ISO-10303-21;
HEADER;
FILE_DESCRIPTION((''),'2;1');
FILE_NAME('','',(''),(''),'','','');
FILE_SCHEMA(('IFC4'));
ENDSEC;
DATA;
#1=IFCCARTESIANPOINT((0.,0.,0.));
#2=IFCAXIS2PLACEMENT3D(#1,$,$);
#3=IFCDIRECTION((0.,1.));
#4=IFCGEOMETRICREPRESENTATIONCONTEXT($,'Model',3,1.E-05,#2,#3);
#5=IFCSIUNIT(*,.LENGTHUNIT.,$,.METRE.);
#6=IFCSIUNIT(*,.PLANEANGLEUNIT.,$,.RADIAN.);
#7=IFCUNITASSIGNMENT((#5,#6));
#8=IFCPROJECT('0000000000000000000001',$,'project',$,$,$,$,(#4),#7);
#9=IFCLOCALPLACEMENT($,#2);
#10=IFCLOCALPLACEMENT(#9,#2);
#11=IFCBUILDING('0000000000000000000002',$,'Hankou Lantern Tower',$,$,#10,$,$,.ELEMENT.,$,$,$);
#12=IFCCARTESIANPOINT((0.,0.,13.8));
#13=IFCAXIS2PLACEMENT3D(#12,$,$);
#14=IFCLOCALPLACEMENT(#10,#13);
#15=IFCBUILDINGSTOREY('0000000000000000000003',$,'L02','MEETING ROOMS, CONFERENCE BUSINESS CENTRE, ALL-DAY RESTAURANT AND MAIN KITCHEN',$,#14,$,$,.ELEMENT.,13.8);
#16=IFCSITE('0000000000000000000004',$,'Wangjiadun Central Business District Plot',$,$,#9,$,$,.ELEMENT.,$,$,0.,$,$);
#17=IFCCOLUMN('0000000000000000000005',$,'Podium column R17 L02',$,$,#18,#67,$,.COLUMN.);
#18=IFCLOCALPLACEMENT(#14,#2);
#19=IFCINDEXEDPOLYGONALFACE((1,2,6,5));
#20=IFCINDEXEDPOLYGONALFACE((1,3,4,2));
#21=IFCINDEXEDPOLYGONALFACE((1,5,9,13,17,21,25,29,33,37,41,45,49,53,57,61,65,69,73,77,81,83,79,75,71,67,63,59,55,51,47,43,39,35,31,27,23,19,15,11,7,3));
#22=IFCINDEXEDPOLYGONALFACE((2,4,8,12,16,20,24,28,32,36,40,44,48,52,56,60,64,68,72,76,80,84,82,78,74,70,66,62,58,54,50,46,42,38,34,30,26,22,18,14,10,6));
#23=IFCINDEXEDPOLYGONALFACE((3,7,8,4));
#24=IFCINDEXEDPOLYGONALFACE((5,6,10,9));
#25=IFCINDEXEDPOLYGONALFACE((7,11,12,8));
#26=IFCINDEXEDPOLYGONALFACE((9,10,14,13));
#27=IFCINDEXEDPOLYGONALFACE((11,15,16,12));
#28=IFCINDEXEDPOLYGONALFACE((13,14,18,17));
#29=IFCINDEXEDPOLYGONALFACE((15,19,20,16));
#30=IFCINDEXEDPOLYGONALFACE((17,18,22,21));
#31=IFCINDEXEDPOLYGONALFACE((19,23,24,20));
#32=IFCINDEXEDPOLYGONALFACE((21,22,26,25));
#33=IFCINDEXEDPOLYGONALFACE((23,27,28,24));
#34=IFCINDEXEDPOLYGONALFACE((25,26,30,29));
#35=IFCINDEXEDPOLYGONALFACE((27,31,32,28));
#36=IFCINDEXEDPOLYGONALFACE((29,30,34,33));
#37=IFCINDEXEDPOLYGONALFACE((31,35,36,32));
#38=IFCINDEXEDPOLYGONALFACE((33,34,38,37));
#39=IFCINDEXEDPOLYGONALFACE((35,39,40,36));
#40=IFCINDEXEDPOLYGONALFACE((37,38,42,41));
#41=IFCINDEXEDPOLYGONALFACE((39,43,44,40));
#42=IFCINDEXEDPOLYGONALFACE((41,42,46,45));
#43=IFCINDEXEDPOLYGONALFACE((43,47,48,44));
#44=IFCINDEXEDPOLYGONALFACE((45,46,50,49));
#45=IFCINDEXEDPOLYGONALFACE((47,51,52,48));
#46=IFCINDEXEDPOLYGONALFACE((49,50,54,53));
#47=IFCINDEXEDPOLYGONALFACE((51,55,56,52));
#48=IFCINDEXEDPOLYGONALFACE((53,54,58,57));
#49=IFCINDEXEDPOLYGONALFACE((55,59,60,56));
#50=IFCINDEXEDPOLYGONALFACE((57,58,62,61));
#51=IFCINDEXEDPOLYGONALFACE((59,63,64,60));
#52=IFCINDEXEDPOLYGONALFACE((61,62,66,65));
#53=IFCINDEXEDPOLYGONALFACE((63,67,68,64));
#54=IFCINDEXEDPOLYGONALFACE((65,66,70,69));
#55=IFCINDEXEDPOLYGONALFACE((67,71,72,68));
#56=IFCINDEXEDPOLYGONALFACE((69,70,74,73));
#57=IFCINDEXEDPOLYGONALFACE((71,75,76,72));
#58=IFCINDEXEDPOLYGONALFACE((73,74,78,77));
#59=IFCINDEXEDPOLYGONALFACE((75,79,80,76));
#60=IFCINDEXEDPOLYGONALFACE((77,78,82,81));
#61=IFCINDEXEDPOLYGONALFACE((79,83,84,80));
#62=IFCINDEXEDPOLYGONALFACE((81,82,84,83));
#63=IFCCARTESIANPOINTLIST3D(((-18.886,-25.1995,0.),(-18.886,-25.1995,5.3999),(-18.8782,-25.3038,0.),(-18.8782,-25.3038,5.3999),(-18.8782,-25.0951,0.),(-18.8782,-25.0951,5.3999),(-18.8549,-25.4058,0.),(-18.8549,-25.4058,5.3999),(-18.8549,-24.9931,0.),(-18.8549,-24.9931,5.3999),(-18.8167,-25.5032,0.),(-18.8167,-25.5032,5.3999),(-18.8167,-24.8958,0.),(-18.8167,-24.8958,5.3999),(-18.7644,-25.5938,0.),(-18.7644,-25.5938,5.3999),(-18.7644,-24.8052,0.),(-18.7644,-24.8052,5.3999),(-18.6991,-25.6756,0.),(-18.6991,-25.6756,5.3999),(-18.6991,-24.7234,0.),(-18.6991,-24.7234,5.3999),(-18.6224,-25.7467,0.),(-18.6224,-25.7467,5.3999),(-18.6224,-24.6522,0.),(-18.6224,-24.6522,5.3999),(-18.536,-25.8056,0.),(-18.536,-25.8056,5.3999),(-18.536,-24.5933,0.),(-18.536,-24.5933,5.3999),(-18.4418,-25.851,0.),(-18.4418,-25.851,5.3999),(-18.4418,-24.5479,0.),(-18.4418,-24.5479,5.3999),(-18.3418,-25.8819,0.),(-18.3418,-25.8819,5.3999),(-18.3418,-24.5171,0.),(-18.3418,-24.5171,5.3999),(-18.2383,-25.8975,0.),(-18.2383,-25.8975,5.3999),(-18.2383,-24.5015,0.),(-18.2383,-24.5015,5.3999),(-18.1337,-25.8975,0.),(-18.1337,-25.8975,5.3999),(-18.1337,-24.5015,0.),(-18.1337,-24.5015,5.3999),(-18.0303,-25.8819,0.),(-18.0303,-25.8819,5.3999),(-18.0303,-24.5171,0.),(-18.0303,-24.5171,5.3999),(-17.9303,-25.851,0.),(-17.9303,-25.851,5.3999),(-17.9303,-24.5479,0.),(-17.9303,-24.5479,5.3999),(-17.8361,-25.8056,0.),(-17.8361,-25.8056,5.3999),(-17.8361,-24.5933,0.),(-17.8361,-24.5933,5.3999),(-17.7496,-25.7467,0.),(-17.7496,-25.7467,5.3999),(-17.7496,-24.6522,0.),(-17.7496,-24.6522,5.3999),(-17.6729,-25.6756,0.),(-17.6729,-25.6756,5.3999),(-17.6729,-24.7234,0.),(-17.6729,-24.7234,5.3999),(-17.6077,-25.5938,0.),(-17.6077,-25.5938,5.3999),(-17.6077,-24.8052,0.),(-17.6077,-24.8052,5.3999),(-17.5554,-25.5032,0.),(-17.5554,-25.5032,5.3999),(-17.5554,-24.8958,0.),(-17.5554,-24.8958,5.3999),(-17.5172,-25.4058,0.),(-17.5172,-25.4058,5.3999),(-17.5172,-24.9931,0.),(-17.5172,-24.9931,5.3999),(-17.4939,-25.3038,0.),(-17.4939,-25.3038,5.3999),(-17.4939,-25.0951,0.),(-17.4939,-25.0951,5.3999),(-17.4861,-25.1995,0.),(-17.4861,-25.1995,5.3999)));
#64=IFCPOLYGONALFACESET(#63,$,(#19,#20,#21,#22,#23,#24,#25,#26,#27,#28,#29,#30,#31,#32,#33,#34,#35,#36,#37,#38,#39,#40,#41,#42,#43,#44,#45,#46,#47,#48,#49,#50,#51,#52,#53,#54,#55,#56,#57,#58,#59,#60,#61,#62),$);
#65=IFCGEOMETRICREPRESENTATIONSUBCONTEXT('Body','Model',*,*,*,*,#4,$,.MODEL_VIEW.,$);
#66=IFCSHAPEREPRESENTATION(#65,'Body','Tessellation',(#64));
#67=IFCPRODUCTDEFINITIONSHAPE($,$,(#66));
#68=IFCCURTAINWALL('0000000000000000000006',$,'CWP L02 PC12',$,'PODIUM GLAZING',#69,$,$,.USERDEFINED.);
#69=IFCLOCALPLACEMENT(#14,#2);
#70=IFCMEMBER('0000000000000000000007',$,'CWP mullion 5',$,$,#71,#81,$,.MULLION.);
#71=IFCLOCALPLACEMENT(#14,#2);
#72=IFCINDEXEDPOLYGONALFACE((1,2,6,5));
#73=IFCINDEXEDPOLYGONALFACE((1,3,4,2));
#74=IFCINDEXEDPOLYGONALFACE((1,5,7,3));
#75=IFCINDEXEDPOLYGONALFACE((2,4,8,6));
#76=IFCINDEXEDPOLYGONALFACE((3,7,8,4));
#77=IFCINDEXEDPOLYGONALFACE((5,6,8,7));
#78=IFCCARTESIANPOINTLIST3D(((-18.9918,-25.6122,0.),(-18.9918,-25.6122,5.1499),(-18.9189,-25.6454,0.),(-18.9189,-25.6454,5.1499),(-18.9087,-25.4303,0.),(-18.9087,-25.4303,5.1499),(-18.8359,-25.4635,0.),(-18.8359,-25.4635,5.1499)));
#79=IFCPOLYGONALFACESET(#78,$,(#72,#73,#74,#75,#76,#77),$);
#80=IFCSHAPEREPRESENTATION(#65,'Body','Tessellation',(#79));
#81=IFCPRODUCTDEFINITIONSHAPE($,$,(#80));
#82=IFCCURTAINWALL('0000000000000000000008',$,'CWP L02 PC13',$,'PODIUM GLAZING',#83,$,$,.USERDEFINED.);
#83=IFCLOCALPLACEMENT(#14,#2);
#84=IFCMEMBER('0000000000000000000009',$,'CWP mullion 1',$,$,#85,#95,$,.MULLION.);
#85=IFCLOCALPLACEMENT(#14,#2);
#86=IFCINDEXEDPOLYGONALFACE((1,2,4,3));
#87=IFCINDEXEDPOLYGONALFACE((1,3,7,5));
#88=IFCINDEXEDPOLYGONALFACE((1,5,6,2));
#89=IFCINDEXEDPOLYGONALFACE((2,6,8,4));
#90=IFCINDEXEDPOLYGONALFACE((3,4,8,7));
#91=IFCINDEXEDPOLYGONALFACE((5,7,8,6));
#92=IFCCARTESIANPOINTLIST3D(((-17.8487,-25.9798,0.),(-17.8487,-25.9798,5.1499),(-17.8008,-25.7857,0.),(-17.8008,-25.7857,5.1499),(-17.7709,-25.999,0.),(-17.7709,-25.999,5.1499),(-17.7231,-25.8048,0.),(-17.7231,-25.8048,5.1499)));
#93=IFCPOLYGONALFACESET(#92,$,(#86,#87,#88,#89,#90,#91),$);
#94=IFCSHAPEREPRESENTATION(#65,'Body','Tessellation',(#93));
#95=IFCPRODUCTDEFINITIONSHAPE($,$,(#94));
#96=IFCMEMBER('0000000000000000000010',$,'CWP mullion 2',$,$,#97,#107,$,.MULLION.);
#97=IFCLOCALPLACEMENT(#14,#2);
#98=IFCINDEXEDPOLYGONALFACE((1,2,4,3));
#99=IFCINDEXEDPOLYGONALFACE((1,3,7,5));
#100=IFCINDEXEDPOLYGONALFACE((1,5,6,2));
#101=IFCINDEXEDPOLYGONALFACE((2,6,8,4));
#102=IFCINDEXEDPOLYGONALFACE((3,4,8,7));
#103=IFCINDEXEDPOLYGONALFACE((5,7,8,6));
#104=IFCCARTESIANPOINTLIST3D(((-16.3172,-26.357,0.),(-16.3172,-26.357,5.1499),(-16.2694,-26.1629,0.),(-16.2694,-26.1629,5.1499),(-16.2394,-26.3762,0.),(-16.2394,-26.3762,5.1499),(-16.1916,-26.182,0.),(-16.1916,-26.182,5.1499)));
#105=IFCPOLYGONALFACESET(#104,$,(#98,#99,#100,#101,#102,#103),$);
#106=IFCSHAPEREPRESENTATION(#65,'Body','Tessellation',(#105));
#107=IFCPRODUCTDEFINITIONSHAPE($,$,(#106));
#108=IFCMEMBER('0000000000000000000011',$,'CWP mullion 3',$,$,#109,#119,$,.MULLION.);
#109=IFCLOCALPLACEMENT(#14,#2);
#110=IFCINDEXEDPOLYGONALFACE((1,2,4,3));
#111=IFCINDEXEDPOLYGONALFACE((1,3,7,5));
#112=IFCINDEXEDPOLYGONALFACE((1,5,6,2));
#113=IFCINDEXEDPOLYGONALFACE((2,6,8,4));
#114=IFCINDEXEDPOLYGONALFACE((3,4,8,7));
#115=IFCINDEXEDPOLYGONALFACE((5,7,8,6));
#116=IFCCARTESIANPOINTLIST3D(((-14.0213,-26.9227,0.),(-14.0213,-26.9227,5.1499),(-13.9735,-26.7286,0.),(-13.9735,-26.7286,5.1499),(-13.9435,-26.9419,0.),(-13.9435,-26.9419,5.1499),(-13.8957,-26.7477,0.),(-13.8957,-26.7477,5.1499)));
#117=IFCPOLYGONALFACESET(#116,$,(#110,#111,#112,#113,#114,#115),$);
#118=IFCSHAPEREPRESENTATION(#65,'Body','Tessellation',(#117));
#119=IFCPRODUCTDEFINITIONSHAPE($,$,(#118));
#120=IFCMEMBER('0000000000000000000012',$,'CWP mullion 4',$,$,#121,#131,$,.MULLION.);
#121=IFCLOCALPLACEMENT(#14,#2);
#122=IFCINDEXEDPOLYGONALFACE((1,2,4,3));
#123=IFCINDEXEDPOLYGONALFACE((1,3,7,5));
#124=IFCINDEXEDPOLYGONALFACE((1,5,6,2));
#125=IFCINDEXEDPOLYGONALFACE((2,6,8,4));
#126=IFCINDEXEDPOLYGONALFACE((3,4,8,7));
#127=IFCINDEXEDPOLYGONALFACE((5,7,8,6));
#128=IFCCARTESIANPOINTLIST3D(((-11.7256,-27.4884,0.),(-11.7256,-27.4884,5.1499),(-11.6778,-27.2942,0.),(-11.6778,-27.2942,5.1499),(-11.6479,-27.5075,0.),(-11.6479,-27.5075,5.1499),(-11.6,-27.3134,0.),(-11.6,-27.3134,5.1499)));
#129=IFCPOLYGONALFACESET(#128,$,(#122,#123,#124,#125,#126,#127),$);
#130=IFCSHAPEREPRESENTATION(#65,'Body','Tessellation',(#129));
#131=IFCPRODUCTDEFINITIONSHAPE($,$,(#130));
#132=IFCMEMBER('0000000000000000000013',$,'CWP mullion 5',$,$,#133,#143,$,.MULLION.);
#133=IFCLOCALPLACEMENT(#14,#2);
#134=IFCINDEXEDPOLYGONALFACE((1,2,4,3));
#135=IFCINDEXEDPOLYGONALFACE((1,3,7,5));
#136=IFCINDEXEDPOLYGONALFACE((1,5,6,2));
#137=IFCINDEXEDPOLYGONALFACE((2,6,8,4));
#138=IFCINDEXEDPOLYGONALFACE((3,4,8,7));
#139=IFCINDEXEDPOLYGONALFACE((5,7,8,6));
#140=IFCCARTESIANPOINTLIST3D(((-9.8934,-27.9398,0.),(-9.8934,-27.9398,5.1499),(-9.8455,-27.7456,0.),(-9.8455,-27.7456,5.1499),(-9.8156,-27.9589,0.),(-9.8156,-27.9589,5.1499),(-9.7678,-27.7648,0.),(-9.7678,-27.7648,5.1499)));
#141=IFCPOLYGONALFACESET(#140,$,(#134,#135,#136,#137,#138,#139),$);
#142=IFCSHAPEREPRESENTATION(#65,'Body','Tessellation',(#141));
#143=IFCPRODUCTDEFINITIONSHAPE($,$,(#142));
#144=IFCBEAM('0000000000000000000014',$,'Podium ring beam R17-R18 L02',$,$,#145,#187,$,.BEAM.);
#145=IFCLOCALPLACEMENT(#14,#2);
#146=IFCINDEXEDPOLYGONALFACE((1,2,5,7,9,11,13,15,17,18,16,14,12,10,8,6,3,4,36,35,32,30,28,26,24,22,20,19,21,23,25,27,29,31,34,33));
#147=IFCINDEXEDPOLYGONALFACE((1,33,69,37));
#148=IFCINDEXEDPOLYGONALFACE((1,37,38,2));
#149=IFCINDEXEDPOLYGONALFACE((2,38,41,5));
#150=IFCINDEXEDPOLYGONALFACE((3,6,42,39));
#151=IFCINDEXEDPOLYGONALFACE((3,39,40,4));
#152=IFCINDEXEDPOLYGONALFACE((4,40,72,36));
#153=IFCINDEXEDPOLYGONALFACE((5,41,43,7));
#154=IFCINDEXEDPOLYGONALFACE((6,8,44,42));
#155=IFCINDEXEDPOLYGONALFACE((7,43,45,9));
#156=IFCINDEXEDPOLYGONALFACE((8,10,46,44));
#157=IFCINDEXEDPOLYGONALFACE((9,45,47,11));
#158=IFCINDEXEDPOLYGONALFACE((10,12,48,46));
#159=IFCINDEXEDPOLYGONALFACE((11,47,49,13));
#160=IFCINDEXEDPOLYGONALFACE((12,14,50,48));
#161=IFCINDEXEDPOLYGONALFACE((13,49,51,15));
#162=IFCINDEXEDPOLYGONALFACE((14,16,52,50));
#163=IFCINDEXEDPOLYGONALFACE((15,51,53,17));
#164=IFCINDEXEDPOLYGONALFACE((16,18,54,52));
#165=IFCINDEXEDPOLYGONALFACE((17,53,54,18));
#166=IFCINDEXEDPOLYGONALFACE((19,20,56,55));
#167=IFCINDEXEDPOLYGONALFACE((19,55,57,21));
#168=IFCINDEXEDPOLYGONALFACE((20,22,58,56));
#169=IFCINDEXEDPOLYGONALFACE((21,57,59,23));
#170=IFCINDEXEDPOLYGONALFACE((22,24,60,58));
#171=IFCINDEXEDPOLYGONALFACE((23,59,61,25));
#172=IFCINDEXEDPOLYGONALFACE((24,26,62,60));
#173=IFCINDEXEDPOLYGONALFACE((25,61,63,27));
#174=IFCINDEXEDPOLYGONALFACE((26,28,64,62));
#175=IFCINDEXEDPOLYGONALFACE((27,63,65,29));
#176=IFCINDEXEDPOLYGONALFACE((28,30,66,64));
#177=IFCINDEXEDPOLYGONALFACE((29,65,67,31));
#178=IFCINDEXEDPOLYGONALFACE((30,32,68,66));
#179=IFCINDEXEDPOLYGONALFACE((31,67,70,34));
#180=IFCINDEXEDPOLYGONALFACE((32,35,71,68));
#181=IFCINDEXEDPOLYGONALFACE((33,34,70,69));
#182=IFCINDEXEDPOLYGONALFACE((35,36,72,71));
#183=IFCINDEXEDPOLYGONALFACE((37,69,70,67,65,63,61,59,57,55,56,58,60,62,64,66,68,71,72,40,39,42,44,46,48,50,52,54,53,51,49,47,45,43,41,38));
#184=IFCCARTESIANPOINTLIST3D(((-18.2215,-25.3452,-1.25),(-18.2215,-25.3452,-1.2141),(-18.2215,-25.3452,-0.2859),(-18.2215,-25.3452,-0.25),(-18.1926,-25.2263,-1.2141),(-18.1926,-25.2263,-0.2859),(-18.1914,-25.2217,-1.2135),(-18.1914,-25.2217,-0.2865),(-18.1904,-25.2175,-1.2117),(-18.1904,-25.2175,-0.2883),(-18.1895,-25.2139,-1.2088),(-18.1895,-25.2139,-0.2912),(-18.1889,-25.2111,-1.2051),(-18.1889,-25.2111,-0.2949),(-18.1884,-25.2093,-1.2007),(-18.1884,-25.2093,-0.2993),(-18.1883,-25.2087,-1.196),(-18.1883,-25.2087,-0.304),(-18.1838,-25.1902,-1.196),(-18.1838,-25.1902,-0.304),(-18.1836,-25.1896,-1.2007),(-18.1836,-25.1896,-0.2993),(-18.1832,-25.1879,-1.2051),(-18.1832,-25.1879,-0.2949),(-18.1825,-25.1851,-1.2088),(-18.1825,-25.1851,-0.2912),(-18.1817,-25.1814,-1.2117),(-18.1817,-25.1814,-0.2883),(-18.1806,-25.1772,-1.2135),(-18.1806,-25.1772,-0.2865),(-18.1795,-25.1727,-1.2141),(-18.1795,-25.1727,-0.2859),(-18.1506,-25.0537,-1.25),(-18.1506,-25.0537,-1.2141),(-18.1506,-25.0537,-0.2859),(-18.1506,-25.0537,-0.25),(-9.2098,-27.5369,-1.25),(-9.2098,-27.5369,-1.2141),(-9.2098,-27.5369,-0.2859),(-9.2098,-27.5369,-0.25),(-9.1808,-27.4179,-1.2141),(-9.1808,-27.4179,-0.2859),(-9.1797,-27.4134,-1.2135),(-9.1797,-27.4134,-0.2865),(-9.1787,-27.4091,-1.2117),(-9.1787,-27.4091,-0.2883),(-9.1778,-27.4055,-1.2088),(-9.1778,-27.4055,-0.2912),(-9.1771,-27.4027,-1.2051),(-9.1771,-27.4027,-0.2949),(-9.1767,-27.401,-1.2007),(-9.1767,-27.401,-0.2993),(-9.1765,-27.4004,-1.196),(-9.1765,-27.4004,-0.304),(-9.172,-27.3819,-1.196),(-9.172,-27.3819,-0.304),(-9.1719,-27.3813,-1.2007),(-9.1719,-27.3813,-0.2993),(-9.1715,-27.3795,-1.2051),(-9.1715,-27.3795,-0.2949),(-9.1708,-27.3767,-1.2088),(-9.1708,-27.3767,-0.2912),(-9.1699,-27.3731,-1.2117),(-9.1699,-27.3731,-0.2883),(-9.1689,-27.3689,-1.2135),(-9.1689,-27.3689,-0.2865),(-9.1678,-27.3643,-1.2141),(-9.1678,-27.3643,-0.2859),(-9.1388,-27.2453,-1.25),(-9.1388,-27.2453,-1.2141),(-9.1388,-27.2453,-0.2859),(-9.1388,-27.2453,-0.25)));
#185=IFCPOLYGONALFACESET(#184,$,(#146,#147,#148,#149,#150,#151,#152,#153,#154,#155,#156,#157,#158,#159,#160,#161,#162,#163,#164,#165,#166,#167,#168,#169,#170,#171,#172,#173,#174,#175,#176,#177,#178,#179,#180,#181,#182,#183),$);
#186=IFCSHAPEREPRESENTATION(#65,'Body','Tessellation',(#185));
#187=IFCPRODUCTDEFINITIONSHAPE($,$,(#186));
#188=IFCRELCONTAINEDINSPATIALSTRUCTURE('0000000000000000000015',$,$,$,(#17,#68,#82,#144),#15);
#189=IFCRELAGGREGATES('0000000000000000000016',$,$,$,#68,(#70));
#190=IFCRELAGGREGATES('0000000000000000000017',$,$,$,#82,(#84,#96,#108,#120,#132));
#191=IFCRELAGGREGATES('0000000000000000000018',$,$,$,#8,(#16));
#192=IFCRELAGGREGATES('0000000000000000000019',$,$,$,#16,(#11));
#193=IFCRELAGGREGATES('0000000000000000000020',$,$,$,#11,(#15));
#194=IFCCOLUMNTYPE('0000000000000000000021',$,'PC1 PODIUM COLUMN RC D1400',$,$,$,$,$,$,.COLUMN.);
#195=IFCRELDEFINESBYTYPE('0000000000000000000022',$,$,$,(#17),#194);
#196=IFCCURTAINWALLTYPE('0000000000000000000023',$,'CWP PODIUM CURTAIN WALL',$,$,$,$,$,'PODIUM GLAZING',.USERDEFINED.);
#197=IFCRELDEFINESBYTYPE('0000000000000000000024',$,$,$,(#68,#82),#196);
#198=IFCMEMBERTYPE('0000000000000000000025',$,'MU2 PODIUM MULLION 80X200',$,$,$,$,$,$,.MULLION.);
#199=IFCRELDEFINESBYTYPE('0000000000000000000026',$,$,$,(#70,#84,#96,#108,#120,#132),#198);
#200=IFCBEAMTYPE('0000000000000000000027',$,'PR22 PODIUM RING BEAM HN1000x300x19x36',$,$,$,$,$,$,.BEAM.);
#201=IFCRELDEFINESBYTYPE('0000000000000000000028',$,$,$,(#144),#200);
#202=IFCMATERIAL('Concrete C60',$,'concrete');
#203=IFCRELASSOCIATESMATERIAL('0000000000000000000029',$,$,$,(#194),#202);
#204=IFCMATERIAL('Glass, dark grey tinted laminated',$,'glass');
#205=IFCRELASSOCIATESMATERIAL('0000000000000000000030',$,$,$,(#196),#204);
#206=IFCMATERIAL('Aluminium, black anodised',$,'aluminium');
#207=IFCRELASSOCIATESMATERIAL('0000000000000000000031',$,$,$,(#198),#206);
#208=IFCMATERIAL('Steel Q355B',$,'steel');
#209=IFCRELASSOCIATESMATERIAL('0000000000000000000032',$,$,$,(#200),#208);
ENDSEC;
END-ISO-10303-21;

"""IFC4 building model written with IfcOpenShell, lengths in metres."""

from ifc_helpers import new_model, si_unit, direction, frame, origin, origin_2d, place, context, subcontext, project, spatial, rectangle, circle, i_section, extrude, material, material_profile, profile_set, type_object, element, aggregate, save


model = new_model("IFC4")

# Units and contexts
model_context = context("Model", 3, precision=1e-05, world=origin(), true_north=direction((0.0, 1.0)))
body_context = subcontext(model_context, "Body", "Model", "MODEL_VIEW")
ifc_project = project(units=[si_unit("LENGTHUNIT", "METRE"), si_unit("PLANEANGLEUNIT", "RADIAN")], contexts=[model_context])

# Site, building, storey
site_placement = place(None, origin())
site = spatial("IfcSite", under=ifc_project, at=site_placement, Name="Wangjiadun Central Business District Plot", CompositionType="ELEMENT", RefElevation=0.0)
building_placement = place(site_placement, origin())
building = spatial("IfcBuilding", under=site, at=building_placement, Name="Hankou Lantern Tower", CompositionType="ELEMENT")
storey_placement = place(building_placement, frame((0.0, 0.0, 13.8)))
storey = spatial("IfcBuildingStorey", under=building, at=storey_placement, Name="L02", Description="MEETING ROOMS, CONFERENCE BUSINESS CENTRE, ALL-DAY RESTAURANT AND MAIN KITCHEN", CompositionType="ELEMENT", Elevation=13.8)

# Column
ifc_material_1 = material(Name="Concrete C60", Category="concrete")
ifc_material_profile_1 = material_profile(ifc_material_1, circle(Radius=0.7, at=origin_2d()), Name="RC D1400")
ifc_profile_set_1 = profile_set([ifc_material_profile_1], Name="Concrete C60")
column_type = type_object("IfcColumnType", Name="PC1 PODIUM COLUMN RC D1400", PredefinedType="COLUMN", material=ifc_profile_set_1)
column_placement = place(storey_placement, frame((-18.186, -25.1995, 0.0), z_axis=(0.0, 0.0, 1.0), x_axis=(1.0, 0.0, 0.0)))
element("IfcColumn", 1, at=column_placement, inside=storey, type_object=column_type, Name="Podium column R17 L02", PredefinedType="COLUMN", context=body_context, shape_type="SweptSolid", body=[
    extrude(circle(Radius=0.7, at=origin_2d()), origin(), (0.0, 0.0, 1.0), 5.3999),
])

# Curtain wall, member
ifc_material_2 = material(Name="Glass, dark grey tinted laminated", Category="glass")
curtain_wall_type = type_object("IfcCurtainWallType", Name="CWP PODIUM CURTAIN WALL", ElementType="PODIUM GLAZING", PredefinedType="USERDEFINED", material=ifc_material_2)
curtain_wall_1_placement = place(storey_placement, origin())
curtain_wall_1 = element("IfcCurtainWall", 2, at=curtain_wall_1_placement, inside=storey, type_object=curtain_wall_type, Name="CWP L02 PC12", ObjectType="PODIUM GLAZING", PredefinedType="USERDEFINED")
ifc_material_3 = material(Name="Aluminium, black anodised", Category="aluminium")
ifc_material_profile_2 = material_profile(ifc_material_3, rectangle(XDim=0.0801, YDim=0.2, at=origin_2d()), Name="MU2 80X200")
ifc_profile_set_2 = profile_set([ifc_material_profile_2], Name="Aluminium, black anodised")
member_type_1 = type_object("IfcMemberType", Name="MU2 PODIUM MULLION 80X200", PredefinedType="MULLION", material=ifc_profile_set_2)
member_1_placement = place(storey_placement, frame((-18.9138, -25.5378, 0.0), z_axis=(0.0, 0.0, 1.0), x_axis=(0.90967, -0.415332, 0.0)))
member_1 = element("IfcMember", 3, at=member_1_placement, type_object=member_type_1, Name="CWP mullion 5", PredefinedType="MULLION", context=body_context, shape_type="SweptSolid", body=[
    extrude(rectangle(XDim=0.0801, YDim=0.2, at=origin_2d()), origin(), (0.0, 0.0, 1.0), 5.1499),
])
aggregate(curtain_wall_1, [member_1])

# Curtain wall, members
curtain_wall_2_placement = place(storey_placement, origin())
curtain_wall_2 = element("IfcCurtainWall", 4, at=curtain_wall_2_placement, inside=storey, type_object=curtain_wall_type, Name="CWP L02 PC13", ObjectType="PODIUM GLAZING", PredefinedType="USERDEFINED")
member_2_placement = place(storey_placement, frame((-17.7859, -25.8923, 0.0), z_axis=(0.0, 0.0, 1.0), x_axis=(0.970961, -0.239238, 0.0)))
member_2 = element("IfcMember", 5, at=member_2_placement, type_object=member_type_1, Name="CWP mullion 1", PredefinedType="MULLION", context=body_context, shape_type="SweptSolid", body=[
    extrude(rectangle(XDim=0.0801, YDim=0.2, at=origin_2d()), origin(), (0.0, 0.0, 1.0), 5.1499),
])
member_3_placement = place(storey_placement, frame((-16.2544, -26.2695, 0.0), z_axis=(0.0, 0.0, 1.0), x_axis=(0.970961, -0.239238, 0.0)))
member_3 = element("IfcMember", 6, at=member_3_placement, type_object=member_type_1, Name="CWP mullion 2", PredefinedType="MULLION", context=body_context, shape_type="SweptSolid", body=[
    extrude(rectangle(XDim=0.0801, YDim=0.2, at=origin_2d()), origin(), (0.0, 0.0, 1.0), 5.1499),
])
member_4_placement = place(storey_placement, frame((-13.9585, -26.8352, 0.0), z_axis=(0.0, 0.0, 1.0), x_axis=(0.970961, -0.239238, 0.0)))
member_4 = element("IfcMember", 7, at=member_4_placement, type_object=member_type_1, Name="CWP mullion 3", PredefinedType="MULLION", context=body_context, shape_type="SweptSolid", body=[
    extrude(rectangle(XDim=0.0801, YDim=0.2, at=origin_2d()), origin(), (0.0, 0.0, 1.0), 5.1499),
])
member_5_placement = place(storey_placement, frame((-11.6628, -27.4009, 0.0), z_axis=(0.0, 0.0, 1.0), x_axis=(0.970961, -0.239238, 0.0)))
member_5 = element("IfcMember", 8, at=member_5_placement, type_object=member_type_1, Name="CWP mullion 4", PredefinedType="MULLION", context=body_context, shape_type="SweptSolid", body=[
    extrude(rectangle(XDim=0.0801, YDim=0.2, at=origin_2d()), origin(), (0.0, 0.0, 1.0), 5.1499),
])
member_6_placement = place(storey_placement, frame((-9.8306, -27.8523, 0.0), z_axis=(0.0, 0.0, 1.0), x_axis=(0.970961, -0.239238, 0.0)))
member_6 = element("IfcMember", 9, at=member_6_placement, type_object=member_type_1, Name="CWP mullion 5", PredefinedType="MULLION", context=body_context, shape_type="SweptSolid", body=[
    extrude(rectangle(XDim=0.0801, YDim=0.2, at=origin_2d()), origin(), (0.0, 0.0, 1.0), 5.1499),
])

# Beam
ifc_material_4 = material(Name="Steel Q355B", Category="steel")
ifc_material_profile_3 = material_profile(ifc_material_4, i_section(OverallWidth=0.3, OverallDepth=1.0, WebThickness=0.019, FlangeThickness=0.0359, FilletRadius=0.0181, at=origin_2d()), Name="HN1000x300x19x36")
ifc_profile_set_3 = profile_set([ifc_material_profile_3], Name="Steel Q355B")
beam_type_1 = type_object("IfcBeamType", Name="PR22 PODIUM RING BEAM HN1000x300x19x36", PredefinedType="BEAM", material=ifc_profile_set_3)
beam_1_placement = place(storey_placement, frame((-18.186, -25.1995, -0.75), z_axis=(0.971677, -0.236312, 0.0), x_axis=(0.236312, 0.971677, 0.0)))
element("IfcBeam", 10, at=beam_1_placement, inside=storey, type_object=beam_type_1, Name="Podium ring beam R17-R18 L02", PredefinedType="BEAM", context=body_context, shape_type="SweptSolid", body=[
    extrude(i_section(OverallWidth=0.3, OverallDepth=1.0, WebThickness=0.019, FlangeThickness=0.0359, FilletRadius=0.0181, at=origin_2d()), origin(), (0.0, 0.0, 1.0), 9.2744),
])

aggregate(curtain_wall_2, [member_2, member_3, member_4, member_5, member_6])

save(model, "model.ifc")
